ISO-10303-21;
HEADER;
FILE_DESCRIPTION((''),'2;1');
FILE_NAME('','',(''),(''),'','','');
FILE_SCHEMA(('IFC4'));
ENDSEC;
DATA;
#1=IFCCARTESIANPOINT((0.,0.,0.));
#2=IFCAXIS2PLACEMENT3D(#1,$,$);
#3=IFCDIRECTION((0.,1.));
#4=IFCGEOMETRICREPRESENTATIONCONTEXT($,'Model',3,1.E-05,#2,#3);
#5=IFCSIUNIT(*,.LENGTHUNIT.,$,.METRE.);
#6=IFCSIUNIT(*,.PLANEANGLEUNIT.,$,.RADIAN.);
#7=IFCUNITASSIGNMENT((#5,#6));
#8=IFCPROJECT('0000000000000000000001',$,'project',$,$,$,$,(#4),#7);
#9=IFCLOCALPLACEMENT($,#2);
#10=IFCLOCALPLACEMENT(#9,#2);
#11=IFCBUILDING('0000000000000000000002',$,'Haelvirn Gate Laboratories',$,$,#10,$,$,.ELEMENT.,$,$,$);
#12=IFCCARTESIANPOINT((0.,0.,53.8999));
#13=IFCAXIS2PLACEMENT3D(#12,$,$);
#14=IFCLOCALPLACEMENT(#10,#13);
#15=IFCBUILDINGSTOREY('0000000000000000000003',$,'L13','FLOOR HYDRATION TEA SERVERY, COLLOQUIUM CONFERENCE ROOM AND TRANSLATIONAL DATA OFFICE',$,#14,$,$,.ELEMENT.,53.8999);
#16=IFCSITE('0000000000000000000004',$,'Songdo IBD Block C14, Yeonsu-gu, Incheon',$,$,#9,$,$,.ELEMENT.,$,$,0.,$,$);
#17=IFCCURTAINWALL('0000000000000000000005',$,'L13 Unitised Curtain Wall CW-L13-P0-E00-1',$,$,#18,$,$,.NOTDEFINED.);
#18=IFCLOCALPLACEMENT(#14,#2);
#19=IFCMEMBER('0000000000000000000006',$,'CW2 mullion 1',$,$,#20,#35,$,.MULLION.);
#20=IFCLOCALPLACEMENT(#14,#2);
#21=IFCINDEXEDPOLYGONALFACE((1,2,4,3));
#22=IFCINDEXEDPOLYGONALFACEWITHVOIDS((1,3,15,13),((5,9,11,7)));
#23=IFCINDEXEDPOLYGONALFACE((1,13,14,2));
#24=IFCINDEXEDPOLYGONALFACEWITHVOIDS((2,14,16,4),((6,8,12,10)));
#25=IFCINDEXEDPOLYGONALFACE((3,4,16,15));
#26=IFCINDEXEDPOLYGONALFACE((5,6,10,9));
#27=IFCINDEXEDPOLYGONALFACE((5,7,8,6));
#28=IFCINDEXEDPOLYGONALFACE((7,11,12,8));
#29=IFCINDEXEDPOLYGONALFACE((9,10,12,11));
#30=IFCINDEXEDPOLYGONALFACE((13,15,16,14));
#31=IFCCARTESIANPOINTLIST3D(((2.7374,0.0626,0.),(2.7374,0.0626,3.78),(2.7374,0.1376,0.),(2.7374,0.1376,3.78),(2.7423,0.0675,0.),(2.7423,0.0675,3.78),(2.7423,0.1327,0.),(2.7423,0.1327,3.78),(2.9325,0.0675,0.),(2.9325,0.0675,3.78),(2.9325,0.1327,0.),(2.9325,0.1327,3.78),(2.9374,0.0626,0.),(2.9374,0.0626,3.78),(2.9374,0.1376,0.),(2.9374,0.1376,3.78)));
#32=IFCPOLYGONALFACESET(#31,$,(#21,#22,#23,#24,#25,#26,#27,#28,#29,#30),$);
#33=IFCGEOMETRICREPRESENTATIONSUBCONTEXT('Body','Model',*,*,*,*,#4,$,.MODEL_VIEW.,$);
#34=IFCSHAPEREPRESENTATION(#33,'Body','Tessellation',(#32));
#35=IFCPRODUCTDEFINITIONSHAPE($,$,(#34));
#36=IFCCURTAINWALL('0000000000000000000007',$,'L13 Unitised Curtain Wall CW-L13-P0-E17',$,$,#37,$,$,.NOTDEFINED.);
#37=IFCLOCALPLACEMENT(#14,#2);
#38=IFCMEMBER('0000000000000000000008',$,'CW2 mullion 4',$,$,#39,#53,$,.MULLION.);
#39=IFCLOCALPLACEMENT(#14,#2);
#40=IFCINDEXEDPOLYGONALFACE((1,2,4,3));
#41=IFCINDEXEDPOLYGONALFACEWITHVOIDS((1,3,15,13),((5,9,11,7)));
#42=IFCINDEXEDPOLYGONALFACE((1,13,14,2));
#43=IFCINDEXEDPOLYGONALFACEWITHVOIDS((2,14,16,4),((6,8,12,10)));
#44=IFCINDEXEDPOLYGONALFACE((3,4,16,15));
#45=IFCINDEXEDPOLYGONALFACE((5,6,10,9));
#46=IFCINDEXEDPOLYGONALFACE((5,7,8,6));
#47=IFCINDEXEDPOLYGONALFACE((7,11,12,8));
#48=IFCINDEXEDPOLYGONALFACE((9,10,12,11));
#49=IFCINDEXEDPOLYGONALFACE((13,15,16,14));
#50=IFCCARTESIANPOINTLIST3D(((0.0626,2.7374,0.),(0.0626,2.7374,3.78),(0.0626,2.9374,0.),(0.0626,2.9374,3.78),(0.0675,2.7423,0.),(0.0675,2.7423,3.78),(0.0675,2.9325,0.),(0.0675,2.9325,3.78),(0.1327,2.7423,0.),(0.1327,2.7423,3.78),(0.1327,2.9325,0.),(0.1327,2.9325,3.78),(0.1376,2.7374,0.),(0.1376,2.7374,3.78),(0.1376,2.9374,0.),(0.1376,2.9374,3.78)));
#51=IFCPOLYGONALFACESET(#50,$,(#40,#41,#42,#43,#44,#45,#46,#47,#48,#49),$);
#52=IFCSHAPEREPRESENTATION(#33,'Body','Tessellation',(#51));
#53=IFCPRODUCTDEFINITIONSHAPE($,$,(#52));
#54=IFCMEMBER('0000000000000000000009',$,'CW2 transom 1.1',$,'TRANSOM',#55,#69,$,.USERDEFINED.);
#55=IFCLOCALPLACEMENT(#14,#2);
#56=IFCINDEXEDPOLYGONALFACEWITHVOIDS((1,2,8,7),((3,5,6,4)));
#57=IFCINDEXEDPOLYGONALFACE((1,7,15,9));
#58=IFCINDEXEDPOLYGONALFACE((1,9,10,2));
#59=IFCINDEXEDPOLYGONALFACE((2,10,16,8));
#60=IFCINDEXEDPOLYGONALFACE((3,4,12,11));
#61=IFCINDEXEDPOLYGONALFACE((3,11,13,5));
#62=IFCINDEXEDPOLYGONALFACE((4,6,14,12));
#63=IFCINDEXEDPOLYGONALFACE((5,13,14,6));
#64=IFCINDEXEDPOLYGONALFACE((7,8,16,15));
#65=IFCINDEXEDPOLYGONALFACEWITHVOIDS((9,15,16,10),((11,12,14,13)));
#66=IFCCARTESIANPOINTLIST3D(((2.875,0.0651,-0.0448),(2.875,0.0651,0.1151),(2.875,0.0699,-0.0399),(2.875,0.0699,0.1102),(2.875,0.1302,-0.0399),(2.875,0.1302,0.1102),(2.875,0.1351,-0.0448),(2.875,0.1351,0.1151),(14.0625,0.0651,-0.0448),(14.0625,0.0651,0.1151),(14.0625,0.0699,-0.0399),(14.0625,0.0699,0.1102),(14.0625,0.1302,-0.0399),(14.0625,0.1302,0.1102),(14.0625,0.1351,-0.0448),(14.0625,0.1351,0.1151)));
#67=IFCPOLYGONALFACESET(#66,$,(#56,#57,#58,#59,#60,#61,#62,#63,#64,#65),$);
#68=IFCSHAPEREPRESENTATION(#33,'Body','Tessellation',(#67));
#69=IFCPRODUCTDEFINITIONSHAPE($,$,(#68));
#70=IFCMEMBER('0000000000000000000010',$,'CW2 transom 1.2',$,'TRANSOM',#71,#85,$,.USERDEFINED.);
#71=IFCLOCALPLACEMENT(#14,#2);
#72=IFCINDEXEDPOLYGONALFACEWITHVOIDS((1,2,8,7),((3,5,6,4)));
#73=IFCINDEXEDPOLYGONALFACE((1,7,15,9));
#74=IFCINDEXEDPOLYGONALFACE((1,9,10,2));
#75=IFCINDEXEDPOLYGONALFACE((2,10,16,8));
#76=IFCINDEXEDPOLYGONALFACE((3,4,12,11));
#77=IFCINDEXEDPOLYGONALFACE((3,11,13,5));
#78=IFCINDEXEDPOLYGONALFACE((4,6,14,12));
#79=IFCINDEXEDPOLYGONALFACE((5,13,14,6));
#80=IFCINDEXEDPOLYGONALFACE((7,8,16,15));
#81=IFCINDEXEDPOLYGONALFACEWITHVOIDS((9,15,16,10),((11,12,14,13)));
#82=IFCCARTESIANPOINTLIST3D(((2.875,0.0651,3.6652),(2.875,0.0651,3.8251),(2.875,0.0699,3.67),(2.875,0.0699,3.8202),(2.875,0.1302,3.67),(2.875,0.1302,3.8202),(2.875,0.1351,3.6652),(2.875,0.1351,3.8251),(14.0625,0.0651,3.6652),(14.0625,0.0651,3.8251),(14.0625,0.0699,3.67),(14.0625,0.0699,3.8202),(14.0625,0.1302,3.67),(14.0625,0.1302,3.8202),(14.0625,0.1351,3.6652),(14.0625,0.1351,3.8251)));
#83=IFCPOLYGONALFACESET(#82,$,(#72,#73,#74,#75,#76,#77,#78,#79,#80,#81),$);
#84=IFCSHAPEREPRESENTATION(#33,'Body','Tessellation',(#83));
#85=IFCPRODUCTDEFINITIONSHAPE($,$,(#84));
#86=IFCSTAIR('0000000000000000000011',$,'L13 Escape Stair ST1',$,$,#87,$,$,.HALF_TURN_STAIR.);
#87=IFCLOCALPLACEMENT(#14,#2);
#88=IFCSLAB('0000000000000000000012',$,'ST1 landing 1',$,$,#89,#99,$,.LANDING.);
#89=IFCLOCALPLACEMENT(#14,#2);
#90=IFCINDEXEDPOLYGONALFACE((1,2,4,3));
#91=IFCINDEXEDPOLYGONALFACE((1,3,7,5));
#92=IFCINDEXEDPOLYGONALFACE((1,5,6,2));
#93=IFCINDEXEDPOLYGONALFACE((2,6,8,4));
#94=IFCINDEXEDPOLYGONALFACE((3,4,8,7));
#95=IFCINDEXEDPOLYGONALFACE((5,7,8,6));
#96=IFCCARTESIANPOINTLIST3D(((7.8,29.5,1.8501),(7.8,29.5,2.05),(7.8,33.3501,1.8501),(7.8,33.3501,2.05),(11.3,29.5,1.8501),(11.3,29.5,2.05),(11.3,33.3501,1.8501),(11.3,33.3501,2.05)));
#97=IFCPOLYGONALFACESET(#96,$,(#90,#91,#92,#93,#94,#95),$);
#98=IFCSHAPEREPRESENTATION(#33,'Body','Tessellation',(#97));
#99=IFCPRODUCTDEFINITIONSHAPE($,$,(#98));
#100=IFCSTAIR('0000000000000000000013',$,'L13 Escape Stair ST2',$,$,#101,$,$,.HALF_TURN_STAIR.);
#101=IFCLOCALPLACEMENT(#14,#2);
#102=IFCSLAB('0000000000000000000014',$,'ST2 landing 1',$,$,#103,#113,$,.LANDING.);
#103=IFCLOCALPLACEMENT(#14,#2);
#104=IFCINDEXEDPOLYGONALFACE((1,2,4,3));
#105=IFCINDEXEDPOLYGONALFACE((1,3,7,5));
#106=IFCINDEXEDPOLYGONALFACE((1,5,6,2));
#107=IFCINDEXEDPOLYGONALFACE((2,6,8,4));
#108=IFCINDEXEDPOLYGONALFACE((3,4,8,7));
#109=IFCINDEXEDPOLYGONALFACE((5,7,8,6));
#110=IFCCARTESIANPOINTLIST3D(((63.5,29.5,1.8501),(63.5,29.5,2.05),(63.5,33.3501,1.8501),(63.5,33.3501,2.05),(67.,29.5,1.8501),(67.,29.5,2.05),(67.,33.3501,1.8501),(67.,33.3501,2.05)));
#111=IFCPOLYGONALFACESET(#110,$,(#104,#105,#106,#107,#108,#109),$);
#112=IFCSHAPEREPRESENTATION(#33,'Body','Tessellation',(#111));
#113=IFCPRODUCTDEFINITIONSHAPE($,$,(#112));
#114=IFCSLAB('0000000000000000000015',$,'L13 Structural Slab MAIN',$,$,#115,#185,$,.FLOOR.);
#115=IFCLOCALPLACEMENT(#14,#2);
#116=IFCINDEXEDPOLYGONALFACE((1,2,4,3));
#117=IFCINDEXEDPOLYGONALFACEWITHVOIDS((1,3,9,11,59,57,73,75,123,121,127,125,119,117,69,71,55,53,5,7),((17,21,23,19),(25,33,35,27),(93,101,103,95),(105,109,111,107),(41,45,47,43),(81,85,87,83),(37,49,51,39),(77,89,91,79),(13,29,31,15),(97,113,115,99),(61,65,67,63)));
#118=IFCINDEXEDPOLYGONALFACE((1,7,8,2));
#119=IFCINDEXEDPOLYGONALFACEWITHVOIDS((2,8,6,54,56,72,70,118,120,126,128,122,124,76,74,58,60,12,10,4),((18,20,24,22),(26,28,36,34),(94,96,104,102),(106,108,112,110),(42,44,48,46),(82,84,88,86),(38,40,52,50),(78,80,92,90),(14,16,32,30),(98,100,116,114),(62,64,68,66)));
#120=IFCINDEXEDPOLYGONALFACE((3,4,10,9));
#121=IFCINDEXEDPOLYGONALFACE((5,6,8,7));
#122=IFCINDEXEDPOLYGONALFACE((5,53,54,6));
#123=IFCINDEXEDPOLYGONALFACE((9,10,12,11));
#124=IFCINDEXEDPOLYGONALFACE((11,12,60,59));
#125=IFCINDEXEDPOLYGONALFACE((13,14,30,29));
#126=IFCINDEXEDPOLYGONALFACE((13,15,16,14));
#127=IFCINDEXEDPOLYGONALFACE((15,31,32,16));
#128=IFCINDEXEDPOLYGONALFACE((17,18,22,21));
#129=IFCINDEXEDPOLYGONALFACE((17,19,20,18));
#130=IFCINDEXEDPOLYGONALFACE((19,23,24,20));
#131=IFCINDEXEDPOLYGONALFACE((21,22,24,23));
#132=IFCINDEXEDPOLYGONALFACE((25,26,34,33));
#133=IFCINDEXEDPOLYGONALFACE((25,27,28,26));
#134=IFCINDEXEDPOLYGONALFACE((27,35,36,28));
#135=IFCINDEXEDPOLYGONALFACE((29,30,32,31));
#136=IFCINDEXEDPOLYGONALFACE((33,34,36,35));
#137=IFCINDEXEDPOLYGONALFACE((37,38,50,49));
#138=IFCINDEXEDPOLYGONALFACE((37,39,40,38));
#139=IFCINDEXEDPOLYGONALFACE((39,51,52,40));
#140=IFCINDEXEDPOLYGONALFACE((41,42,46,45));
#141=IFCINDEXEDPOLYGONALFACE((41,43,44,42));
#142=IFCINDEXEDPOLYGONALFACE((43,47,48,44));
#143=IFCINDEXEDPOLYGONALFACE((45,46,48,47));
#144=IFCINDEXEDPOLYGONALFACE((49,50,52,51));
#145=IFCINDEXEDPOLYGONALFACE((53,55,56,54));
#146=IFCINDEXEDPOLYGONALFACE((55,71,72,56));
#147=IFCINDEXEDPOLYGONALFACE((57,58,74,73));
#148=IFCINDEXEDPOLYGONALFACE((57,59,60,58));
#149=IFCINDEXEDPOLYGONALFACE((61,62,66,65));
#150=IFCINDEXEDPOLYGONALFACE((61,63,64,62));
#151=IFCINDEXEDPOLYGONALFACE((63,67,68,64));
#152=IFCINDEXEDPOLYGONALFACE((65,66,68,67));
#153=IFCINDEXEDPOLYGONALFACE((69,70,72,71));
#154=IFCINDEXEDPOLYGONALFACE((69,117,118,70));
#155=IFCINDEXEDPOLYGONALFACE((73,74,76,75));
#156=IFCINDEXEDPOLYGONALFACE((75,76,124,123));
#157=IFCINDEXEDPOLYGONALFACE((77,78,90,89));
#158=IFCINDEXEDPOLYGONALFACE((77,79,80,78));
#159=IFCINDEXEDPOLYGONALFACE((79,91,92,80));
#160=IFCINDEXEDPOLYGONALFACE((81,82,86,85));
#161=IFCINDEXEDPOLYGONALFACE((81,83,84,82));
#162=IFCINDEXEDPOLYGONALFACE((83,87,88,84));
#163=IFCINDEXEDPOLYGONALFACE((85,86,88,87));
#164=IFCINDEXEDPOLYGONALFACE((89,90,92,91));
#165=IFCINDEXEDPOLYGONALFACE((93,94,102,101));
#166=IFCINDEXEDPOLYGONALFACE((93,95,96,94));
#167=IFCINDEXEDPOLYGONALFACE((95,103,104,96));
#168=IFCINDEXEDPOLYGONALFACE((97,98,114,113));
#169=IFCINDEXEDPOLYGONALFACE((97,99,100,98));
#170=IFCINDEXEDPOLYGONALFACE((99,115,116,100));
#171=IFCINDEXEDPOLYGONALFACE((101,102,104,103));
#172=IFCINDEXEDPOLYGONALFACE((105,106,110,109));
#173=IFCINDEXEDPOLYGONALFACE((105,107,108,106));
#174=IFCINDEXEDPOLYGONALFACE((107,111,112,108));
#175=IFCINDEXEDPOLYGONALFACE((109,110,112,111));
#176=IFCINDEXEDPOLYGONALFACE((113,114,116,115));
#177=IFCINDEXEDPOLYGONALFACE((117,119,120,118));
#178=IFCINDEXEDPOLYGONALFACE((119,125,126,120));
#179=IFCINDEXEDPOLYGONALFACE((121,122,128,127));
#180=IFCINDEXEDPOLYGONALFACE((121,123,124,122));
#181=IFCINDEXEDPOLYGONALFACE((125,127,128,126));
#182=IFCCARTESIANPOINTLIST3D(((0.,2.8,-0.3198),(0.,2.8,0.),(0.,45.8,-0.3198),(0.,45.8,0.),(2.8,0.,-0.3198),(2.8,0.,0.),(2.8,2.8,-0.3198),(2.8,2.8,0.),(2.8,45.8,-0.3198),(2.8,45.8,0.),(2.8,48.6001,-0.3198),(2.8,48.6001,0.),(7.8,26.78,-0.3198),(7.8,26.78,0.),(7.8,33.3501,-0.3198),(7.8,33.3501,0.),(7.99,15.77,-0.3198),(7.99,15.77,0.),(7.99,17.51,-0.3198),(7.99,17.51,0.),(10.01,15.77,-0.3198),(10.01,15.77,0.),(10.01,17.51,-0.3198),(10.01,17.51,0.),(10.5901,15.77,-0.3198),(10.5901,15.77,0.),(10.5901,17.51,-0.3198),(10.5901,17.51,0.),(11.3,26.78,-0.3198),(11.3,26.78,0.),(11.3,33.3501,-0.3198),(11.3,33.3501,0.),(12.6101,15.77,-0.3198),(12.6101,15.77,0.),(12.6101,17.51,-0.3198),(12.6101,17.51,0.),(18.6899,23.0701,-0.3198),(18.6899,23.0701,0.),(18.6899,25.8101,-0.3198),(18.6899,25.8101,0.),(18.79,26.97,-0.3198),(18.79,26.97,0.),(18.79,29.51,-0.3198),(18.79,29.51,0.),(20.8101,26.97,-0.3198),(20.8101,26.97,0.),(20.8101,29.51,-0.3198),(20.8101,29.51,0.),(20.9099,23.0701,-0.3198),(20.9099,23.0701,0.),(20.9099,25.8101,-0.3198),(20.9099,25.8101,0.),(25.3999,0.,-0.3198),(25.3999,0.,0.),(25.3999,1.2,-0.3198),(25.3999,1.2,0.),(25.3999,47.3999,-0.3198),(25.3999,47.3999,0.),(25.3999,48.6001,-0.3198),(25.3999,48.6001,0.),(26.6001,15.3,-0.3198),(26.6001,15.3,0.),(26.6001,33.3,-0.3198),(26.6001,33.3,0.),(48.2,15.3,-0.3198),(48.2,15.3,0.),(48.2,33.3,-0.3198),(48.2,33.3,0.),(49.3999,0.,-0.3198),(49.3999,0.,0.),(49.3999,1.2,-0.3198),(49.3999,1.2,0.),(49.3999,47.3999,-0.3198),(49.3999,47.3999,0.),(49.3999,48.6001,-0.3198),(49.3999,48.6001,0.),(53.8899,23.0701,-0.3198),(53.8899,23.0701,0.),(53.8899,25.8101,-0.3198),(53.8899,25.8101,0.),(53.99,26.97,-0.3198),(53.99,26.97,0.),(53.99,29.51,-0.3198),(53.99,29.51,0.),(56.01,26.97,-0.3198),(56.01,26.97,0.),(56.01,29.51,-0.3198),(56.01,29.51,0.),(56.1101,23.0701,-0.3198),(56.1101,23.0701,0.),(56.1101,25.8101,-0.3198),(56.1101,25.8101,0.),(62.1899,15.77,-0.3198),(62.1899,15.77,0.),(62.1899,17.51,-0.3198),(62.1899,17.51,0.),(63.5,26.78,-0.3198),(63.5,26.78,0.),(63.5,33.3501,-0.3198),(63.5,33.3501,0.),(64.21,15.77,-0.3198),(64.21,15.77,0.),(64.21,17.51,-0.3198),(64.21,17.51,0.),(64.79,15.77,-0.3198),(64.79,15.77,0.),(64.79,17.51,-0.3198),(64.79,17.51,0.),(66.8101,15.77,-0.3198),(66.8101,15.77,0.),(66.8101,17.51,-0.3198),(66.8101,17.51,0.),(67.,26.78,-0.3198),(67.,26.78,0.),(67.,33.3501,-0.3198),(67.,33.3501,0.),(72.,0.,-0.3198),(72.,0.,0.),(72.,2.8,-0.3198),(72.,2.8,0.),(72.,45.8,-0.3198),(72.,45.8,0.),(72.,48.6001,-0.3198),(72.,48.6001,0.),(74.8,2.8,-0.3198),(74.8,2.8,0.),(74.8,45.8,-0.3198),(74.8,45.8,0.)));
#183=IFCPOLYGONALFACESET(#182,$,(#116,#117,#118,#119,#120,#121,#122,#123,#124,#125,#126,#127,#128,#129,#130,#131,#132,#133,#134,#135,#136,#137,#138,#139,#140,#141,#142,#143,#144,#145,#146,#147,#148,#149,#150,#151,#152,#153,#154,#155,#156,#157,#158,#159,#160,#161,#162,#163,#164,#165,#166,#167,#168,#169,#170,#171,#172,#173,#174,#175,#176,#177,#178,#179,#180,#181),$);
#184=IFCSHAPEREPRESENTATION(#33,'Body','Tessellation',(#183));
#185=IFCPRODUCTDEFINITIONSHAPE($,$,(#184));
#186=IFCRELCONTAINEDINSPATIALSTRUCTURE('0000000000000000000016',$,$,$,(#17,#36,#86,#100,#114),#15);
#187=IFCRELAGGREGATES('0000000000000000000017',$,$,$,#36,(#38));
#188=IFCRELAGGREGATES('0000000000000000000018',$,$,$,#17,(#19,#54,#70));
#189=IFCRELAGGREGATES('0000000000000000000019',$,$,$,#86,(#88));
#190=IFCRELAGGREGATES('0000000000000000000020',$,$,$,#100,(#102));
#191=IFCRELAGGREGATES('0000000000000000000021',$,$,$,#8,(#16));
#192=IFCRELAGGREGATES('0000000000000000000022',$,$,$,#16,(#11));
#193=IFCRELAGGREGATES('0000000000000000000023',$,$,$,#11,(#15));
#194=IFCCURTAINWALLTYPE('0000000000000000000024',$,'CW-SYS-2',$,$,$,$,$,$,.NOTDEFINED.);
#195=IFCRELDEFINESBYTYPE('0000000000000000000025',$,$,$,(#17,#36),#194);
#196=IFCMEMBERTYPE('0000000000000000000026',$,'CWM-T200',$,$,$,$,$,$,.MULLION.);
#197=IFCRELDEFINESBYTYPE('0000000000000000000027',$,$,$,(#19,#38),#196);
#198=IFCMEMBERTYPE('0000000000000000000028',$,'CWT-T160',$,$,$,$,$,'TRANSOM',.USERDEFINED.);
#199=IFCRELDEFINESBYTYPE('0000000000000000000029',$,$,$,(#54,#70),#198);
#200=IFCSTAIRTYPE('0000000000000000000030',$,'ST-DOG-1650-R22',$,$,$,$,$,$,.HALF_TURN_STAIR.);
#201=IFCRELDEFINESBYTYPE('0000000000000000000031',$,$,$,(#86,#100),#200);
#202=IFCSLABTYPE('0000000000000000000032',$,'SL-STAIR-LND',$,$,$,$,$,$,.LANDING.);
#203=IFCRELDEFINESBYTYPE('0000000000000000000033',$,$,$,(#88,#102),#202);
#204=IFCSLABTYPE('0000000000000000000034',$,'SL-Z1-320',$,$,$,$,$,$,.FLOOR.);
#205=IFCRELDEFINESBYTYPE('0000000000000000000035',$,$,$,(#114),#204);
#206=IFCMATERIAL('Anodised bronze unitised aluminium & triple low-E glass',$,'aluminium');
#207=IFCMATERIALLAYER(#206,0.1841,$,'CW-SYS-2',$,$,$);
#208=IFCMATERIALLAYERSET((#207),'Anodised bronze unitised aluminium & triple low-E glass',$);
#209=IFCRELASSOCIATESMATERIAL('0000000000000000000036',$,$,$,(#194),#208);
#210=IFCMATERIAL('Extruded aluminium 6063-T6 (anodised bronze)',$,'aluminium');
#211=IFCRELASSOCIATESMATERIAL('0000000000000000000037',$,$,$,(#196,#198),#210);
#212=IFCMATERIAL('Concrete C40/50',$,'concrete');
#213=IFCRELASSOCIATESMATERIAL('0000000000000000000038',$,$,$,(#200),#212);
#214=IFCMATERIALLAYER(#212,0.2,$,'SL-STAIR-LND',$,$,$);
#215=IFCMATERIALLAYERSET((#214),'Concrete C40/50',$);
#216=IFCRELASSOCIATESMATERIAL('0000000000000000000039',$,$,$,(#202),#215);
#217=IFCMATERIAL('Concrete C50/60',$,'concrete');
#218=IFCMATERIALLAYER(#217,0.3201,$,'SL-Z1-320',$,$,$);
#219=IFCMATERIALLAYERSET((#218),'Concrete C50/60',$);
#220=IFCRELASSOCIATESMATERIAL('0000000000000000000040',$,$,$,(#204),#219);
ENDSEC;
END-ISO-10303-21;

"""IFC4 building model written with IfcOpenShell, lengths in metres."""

from ifc_helpers import new_model, si_unit, direction, frame, origin, origin_2d, place, context, subcontext, project, spatial, polyline, hollow_rectangle, outline, extrude, source, transform, mapped, material, layer, layer_set, material_profile, profile_set, type_object, type_shapes, element, aggregate, save


model = new_model("IFC4")

# Units and contexts
model_context = context("Model", 3, precision=1e-05, world=origin(), true_north=direction((0.0, 1.0)))
body_context = subcontext(model_context, "Body", "Model", "MODEL_VIEW")
ifc_project = project(units=[si_unit("LENGTHUNIT", "METRE"), si_unit("PLANEANGLEUNIT", "RADIAN")], contexts=[model_context])

# Site, building, storey
site_placement = place(None, origin())
site = spatial("IfcSite", under=ifc_project, at=site_placement, Name="Songdo IBD Block C14, Yeonsu-gu, Incheon", CompositionType="ELEMENT", RefElevation=0.0)
building_placement = place(site_placement, origin())
building = spatial("IfcBuilding", under=site, at=building_placement, Name="Haelvirn Gate Laboratories", CompositionType="ELEMENT")
storey_placement = place(building_placement, frame((0.0, 0.0, 53.8999)))
storey = spatial("IfcBuildingStorey", under=building, at=storey_placement, Name="L13", Description="FLOOR HYDRATION TEA SERVERY, COLLOQUIUM CONFERENCE ROOM AND TRANSLATIONAL DATA OFFICE", CompositionType="ELEMENT", Elevation=53.8999)

# Curtain walls, members
ifc_material_1 = material(Name="Anodised bronze unitised aluminium & triple low-E glass", Category="aluminium")
ifc_layer_1 = layer(ifc_material_1, 0.1841, Name="CW-SYS-2")
ifc_layer_set_1 = layer_set([ifc_layer_1], Name="Anodised bronze unitised aluminium & triple low-E glass")
curtain_wall_type = type_object("IfcCurtainWallType", Name="CW-SYS-2", PredefinedType="NOTDEFINED", material=ifc_layer_set_1)
curtain_wall_1_placement = place(storey_placement, origin())
curtain_wall_1 = element("IfcCurtainWall", 1, at=curtain_wall_1_placement, inside=storey, type_object=curtain_wall_type, Name="L13 Unitised Curtain Wall CW-L13-P0-E00-1", PredefinedType="NOTDEFINED")
ifc_material_2 = material(Name="Extruded aluminium 6063-T6 (anodised bronze)", Category="aluminium")
ifc_material_profile_1 = material_profile(ifc_material_2, hollow_rectangle(XDim=0.075, YDim=0.2, WallThickness=0.0049, at=origin_2d()), Name="CWM-200x75x5")
ifc_profile_set_1 = profile_set([ifc_material_profile_1], Name="Extruded aluminium 6063-T6 (anodised bronze)")
member_type_1 = type_object("IfcMemberType", Name="CWM-T200", PredefinedType="MULLION", material=ifc_profile_set_1)
shared_shape_1 = source(origin(), body_context, "Body", "SweptSolid", [
    extrude(hollow_rectangle(XDim=0.075, YDim=0.2, WallThickness=0.0049, at=origin_2d()), origin(), (0.0, 0.0, 1.0), 3.78),
])
type_shapes(member_type_1, [shared_shape_1])
member_1_placement = place(storey_placement, frame((2.8374, 0.1001, 0.0), z_axis=(0.0, 0.0, 1.0), x_axis=(0.0, 1.0, 0.0)))
member_1 = element("IfcMember", 2, at=member_1_placement, type_object=member_type_1, Name="CW2 mullion 1", PredefinedType="MULLION", context=body_context, shape_type="MappedRepresentation", body=[
    mapped(shared_shape_1, transform((0.0, 0.0, 0.0), scale=1.0)),
])
curtain_wall_2_placement = place(storey_placement, origin())
curtain_wall_2 = element("IfcCurtainWall", 3, at=curtain_wall_2_placement, inside=storey, type_object=curtain_wall_type, Name="L13 Unitised Curtain Wall CW-L13-P0-E17", PredefinedType="NOTDEFINED")
member_2_placement = place(storey_placement, frame((0.1001, 2.8374, 0.0), z_axis=(0.0, 0.0, 1.0), x_axis=(1.0, 0.0, 0.0)))
member_2 = element("IfcMember", 4, at=member_2_placement, type_object=member_type_1, Name="CW2 mullion 4", PredefinedType="MULLION", context=body_context, shape_type="MappedRepresentation", body=[
    mapped(shared_shape_1, transform((0.0, 0.0, 0.0), scale=1.0)),
])
aggregate(curtain_wall_2, [member_2])

# Members
ifc_material_profile_2 = material_profile(ifc_material_2, hollow_rectangle(XDim=0.0701, YDim=0.1599, WallThickness=0.0049, at=origin_2d()), Name="CWT-160x70x5")
ifc_profile_set_2 = profile_set([ifc_material_profile_2], Name="Extruded aluminium 6063-T6 (anodised bronze)")
member_type_2 = type_object("IfcMemberType", Name="CWT-T160", ElementType="TRANSOM", PredefinedType="USERDEFINED", material=ifc_profile_set_2)
shared_shape_2 = source(origin(), body_context, "Body", "SweptSolid", [
    extrude(hollow_rectangle(XDim=0.0701, YDim=0.1599, WallThickness=0.0049, at=origin_2d()), origin(), (0.0, 0.0, 1.0), 11.1875),
])
type_shapes(member_type_2, [shared_shape_2])
member_3_placement = place(storey_placement, frame((2.875, 0.1001, 0.0352), z_axis=(1.0, 0.0, 0.0), x_axis=(0.0, 1.0, 0.0)))
member_3 = element("IfcMember", 5, at=member_3_placement, type_object=member_type_2, Name="CW2 transom 1.1", ObjectType="TRANSOM", PredefinedType="USERDEFINED", context=body_context, shape_type="MappedRepresentation", body=[
    mapped(shared_shape_2, transform((0.0, 0.0, 0.0), scale=1.0)),
])
member_4_placement = place(storey_placement, frame((2.875, 0.1001, 3.7451), z_axis=(1.0, 0.0, 0.0), x_axis=(0.0, 1.0, 0.0)))
member_4 = element("IfcMember", 6, at=member_4_placement, type_object=member_type_2, Name="CW2 transom 1.2", ObjectType="TRANSOM", PredefinedType="USERDEFINED", context=body_context, shape_type="MappedRepresentation", body=[
    mapped(shared_shape_2, transform((0.0, 0.0, 0.0), scale=1.0)),
])
aggregate(curtain_wall_1, [member_1, member_3, member_4])

# Stairs, slabs
ifc_material_3 = material(Name="Concrete C40/50", Category="concrete")
stair_type = type_object("IfcStairType", Name="ST-DOG-1650-R22", PredefinedType="HALF_TURN_STAIR", material=ifc_material_3)
stair_1_placement = place(storey_placement, origin())
stair_1 = element("IfcStair", 7, at=stair_1_placement, inside=storey, type_object=stair_type, Name="L13 Escape Stair ST1", PredefinedType="HALF_TURN_STAIR")
ifc_layer_2 = layer(ifc_material_3, 0.2, Name="SL-STAIR-LND")
ifc_layer_set_2 = layer_set([ifc_layer_2], Name="Concrete C40/50")
slab_type_1 = type_object("IfcSlabType", Name="SL-STAIR-LND", PredefinedType="LANDING", material=ifc_layer_set_2)
slab_1_placement = place(storey_placement, frame((0.0, 0.0, 1.8501)))
slab_1 = element("IfcSlab", 8, at=slab_1_placement, type_object=slab_type_1, Name="ST1 landing 1", PredefinedType="LANDING", context=body_context, shape_type="SweptSolid", body=[
    extrude(outline(polyline([(11.3, 29.5), (11.3, 33.3501), (7.8, 33.3501), (7.8, 29.5), (11.3, 29.5)])), origin(), (0.0, 0.0, 1.0), 0.2),
])
aggregate(stair_1, [slab_1])
stair_2_placement = place(storey_placement, origin())
stair_2 = element("IfcStair", 9, at=stair_2_placement, inside=storey, type_object=stair_type, Name="L13 Escape Stair ST2", PredefinedType="HALF_TURN_STAIR")
slab_2_placement = place(storey_placement, frame((0.0, 0.0, 1.8501)))
slab_2 = element("IfcSlab", 10, at=slab_2_placement, type_object=slab_type_1, Name="ST2 landing 1", PredefinedType="LANDING", context=body_context, shape_type="SweptSolid", body=[
    extrude(outline(polyline([(67.0, 29.5), (67.0, 33.3501), (63.5, 33.3501), (63.5, 29.5), (67.0, 29.5)])), origin(), (0.0, 0.0, 1.0), 0.2),
])
aggregate(stair_2, [slab_2])

# Slab
ifc_material_4 = material(Name="Concrete C50/60", Category="concrete")
ifc_layer_3 = layer(ifc_material_4, 0.3201, Name="SL-Z1-320")
ifc_layer_set_3 = layer_set([ifc_layer_3], Name="Concrete C50/60")
slab_type_2 = type_object("IfcSlabType", Name="SL-Z1-320", PredefinedType="FLOOR", material=ifc_layer_set_3)
slab_3_placement = place(storey_placement, frame((0.0, 0.0, -0.3198)))
element("IfcSlab", 11, at=slab_3_placement, inside=storey, type_object=slab_type_2, Name="L13 Structural Slab MAIN", PredefinedType="FLOOR", context=body_context, shape_type="SweptSolid", body=[
    extrude(outline(polyline([(2.8, 0.0), (25.3999, 0.0), (25.3999, 1.2), (49.3999, 1.2), (49.3999, 0.0), (72.0, 0.0), (72.0, 2.8), (74.8, 2.8), (74.8, 45.8), (72.0, 45.8), (72.0, 48.6001), (49.3999, 48.6001), (49.3999, 47.3999), (25.3999, 47.3999), (25.3999, 48.6001), (2.8, 48.6001), (2.8, 45.8), (0.0, 45.8), (0.0, 2.8), (2.8, 2.8), (2.8, 0.0)]), holes=[polyline([(26.6001, 15.3), (48.2, 15.3), (48.2, 33.3), (26.6001, 33.3), (26.6001, 15.3)]), polyline([(11.3, 26.78), (11.3, 33.3501), (7.8, 33.3501), (7.8, 26.78), (11.3, 26.78)]), polyline([(67.0, 26.78), (67.0, 33.3501), (63.5, 33.3501), (63.5, 26.78), (67.0, 26.78)]), polyline([(7.99, 15.77), (10.01, 15.77), (10.01, 17.51), (7.99, 17.51), (7.99, 15.77)]), polyline([(10.5901, 15.77), (12.6101, 15.77), (12.6101, 17.51), (10.5901, 17.51), (10.5901, 15.77)]), polyline([(18.79, 26.97), (20.8101, 26.97), (20.8101, 29.51), (18.79, 29.51), (18.79, 26.97)]), polyline([(18.6899, 23.0701), (20.9099, 23.0701), (20.9099, 25.8101), (18.6899, 25.8101), (18.6899, 23.0701)]), polyline([(64.79, 15.77), (66.8101, 15.77), (66.8101, 17.51), (64.79, 17.51), (64.79, 15.77)]), polyline([(62.1899, 15.77), (64.21, 15.77), (64.21, 17.51), (62.1899, 17.51), (62.1899, 15.77)]), polyline([(53.99, 26.97), (56.01, 26.97), (56.01, 29.51), (53.99, 29.51), (53.99, 26.97)]), polyline([(53.8899, 23.0701), (56.1101, 23.0701), (56.1101, 25.8101), (53.8899, 25.8101), (53.8899, 23.0701)])]), origin(), (0.0, 0.0, 1.0), 0.3198),
])

save(model, "model.ifc")
